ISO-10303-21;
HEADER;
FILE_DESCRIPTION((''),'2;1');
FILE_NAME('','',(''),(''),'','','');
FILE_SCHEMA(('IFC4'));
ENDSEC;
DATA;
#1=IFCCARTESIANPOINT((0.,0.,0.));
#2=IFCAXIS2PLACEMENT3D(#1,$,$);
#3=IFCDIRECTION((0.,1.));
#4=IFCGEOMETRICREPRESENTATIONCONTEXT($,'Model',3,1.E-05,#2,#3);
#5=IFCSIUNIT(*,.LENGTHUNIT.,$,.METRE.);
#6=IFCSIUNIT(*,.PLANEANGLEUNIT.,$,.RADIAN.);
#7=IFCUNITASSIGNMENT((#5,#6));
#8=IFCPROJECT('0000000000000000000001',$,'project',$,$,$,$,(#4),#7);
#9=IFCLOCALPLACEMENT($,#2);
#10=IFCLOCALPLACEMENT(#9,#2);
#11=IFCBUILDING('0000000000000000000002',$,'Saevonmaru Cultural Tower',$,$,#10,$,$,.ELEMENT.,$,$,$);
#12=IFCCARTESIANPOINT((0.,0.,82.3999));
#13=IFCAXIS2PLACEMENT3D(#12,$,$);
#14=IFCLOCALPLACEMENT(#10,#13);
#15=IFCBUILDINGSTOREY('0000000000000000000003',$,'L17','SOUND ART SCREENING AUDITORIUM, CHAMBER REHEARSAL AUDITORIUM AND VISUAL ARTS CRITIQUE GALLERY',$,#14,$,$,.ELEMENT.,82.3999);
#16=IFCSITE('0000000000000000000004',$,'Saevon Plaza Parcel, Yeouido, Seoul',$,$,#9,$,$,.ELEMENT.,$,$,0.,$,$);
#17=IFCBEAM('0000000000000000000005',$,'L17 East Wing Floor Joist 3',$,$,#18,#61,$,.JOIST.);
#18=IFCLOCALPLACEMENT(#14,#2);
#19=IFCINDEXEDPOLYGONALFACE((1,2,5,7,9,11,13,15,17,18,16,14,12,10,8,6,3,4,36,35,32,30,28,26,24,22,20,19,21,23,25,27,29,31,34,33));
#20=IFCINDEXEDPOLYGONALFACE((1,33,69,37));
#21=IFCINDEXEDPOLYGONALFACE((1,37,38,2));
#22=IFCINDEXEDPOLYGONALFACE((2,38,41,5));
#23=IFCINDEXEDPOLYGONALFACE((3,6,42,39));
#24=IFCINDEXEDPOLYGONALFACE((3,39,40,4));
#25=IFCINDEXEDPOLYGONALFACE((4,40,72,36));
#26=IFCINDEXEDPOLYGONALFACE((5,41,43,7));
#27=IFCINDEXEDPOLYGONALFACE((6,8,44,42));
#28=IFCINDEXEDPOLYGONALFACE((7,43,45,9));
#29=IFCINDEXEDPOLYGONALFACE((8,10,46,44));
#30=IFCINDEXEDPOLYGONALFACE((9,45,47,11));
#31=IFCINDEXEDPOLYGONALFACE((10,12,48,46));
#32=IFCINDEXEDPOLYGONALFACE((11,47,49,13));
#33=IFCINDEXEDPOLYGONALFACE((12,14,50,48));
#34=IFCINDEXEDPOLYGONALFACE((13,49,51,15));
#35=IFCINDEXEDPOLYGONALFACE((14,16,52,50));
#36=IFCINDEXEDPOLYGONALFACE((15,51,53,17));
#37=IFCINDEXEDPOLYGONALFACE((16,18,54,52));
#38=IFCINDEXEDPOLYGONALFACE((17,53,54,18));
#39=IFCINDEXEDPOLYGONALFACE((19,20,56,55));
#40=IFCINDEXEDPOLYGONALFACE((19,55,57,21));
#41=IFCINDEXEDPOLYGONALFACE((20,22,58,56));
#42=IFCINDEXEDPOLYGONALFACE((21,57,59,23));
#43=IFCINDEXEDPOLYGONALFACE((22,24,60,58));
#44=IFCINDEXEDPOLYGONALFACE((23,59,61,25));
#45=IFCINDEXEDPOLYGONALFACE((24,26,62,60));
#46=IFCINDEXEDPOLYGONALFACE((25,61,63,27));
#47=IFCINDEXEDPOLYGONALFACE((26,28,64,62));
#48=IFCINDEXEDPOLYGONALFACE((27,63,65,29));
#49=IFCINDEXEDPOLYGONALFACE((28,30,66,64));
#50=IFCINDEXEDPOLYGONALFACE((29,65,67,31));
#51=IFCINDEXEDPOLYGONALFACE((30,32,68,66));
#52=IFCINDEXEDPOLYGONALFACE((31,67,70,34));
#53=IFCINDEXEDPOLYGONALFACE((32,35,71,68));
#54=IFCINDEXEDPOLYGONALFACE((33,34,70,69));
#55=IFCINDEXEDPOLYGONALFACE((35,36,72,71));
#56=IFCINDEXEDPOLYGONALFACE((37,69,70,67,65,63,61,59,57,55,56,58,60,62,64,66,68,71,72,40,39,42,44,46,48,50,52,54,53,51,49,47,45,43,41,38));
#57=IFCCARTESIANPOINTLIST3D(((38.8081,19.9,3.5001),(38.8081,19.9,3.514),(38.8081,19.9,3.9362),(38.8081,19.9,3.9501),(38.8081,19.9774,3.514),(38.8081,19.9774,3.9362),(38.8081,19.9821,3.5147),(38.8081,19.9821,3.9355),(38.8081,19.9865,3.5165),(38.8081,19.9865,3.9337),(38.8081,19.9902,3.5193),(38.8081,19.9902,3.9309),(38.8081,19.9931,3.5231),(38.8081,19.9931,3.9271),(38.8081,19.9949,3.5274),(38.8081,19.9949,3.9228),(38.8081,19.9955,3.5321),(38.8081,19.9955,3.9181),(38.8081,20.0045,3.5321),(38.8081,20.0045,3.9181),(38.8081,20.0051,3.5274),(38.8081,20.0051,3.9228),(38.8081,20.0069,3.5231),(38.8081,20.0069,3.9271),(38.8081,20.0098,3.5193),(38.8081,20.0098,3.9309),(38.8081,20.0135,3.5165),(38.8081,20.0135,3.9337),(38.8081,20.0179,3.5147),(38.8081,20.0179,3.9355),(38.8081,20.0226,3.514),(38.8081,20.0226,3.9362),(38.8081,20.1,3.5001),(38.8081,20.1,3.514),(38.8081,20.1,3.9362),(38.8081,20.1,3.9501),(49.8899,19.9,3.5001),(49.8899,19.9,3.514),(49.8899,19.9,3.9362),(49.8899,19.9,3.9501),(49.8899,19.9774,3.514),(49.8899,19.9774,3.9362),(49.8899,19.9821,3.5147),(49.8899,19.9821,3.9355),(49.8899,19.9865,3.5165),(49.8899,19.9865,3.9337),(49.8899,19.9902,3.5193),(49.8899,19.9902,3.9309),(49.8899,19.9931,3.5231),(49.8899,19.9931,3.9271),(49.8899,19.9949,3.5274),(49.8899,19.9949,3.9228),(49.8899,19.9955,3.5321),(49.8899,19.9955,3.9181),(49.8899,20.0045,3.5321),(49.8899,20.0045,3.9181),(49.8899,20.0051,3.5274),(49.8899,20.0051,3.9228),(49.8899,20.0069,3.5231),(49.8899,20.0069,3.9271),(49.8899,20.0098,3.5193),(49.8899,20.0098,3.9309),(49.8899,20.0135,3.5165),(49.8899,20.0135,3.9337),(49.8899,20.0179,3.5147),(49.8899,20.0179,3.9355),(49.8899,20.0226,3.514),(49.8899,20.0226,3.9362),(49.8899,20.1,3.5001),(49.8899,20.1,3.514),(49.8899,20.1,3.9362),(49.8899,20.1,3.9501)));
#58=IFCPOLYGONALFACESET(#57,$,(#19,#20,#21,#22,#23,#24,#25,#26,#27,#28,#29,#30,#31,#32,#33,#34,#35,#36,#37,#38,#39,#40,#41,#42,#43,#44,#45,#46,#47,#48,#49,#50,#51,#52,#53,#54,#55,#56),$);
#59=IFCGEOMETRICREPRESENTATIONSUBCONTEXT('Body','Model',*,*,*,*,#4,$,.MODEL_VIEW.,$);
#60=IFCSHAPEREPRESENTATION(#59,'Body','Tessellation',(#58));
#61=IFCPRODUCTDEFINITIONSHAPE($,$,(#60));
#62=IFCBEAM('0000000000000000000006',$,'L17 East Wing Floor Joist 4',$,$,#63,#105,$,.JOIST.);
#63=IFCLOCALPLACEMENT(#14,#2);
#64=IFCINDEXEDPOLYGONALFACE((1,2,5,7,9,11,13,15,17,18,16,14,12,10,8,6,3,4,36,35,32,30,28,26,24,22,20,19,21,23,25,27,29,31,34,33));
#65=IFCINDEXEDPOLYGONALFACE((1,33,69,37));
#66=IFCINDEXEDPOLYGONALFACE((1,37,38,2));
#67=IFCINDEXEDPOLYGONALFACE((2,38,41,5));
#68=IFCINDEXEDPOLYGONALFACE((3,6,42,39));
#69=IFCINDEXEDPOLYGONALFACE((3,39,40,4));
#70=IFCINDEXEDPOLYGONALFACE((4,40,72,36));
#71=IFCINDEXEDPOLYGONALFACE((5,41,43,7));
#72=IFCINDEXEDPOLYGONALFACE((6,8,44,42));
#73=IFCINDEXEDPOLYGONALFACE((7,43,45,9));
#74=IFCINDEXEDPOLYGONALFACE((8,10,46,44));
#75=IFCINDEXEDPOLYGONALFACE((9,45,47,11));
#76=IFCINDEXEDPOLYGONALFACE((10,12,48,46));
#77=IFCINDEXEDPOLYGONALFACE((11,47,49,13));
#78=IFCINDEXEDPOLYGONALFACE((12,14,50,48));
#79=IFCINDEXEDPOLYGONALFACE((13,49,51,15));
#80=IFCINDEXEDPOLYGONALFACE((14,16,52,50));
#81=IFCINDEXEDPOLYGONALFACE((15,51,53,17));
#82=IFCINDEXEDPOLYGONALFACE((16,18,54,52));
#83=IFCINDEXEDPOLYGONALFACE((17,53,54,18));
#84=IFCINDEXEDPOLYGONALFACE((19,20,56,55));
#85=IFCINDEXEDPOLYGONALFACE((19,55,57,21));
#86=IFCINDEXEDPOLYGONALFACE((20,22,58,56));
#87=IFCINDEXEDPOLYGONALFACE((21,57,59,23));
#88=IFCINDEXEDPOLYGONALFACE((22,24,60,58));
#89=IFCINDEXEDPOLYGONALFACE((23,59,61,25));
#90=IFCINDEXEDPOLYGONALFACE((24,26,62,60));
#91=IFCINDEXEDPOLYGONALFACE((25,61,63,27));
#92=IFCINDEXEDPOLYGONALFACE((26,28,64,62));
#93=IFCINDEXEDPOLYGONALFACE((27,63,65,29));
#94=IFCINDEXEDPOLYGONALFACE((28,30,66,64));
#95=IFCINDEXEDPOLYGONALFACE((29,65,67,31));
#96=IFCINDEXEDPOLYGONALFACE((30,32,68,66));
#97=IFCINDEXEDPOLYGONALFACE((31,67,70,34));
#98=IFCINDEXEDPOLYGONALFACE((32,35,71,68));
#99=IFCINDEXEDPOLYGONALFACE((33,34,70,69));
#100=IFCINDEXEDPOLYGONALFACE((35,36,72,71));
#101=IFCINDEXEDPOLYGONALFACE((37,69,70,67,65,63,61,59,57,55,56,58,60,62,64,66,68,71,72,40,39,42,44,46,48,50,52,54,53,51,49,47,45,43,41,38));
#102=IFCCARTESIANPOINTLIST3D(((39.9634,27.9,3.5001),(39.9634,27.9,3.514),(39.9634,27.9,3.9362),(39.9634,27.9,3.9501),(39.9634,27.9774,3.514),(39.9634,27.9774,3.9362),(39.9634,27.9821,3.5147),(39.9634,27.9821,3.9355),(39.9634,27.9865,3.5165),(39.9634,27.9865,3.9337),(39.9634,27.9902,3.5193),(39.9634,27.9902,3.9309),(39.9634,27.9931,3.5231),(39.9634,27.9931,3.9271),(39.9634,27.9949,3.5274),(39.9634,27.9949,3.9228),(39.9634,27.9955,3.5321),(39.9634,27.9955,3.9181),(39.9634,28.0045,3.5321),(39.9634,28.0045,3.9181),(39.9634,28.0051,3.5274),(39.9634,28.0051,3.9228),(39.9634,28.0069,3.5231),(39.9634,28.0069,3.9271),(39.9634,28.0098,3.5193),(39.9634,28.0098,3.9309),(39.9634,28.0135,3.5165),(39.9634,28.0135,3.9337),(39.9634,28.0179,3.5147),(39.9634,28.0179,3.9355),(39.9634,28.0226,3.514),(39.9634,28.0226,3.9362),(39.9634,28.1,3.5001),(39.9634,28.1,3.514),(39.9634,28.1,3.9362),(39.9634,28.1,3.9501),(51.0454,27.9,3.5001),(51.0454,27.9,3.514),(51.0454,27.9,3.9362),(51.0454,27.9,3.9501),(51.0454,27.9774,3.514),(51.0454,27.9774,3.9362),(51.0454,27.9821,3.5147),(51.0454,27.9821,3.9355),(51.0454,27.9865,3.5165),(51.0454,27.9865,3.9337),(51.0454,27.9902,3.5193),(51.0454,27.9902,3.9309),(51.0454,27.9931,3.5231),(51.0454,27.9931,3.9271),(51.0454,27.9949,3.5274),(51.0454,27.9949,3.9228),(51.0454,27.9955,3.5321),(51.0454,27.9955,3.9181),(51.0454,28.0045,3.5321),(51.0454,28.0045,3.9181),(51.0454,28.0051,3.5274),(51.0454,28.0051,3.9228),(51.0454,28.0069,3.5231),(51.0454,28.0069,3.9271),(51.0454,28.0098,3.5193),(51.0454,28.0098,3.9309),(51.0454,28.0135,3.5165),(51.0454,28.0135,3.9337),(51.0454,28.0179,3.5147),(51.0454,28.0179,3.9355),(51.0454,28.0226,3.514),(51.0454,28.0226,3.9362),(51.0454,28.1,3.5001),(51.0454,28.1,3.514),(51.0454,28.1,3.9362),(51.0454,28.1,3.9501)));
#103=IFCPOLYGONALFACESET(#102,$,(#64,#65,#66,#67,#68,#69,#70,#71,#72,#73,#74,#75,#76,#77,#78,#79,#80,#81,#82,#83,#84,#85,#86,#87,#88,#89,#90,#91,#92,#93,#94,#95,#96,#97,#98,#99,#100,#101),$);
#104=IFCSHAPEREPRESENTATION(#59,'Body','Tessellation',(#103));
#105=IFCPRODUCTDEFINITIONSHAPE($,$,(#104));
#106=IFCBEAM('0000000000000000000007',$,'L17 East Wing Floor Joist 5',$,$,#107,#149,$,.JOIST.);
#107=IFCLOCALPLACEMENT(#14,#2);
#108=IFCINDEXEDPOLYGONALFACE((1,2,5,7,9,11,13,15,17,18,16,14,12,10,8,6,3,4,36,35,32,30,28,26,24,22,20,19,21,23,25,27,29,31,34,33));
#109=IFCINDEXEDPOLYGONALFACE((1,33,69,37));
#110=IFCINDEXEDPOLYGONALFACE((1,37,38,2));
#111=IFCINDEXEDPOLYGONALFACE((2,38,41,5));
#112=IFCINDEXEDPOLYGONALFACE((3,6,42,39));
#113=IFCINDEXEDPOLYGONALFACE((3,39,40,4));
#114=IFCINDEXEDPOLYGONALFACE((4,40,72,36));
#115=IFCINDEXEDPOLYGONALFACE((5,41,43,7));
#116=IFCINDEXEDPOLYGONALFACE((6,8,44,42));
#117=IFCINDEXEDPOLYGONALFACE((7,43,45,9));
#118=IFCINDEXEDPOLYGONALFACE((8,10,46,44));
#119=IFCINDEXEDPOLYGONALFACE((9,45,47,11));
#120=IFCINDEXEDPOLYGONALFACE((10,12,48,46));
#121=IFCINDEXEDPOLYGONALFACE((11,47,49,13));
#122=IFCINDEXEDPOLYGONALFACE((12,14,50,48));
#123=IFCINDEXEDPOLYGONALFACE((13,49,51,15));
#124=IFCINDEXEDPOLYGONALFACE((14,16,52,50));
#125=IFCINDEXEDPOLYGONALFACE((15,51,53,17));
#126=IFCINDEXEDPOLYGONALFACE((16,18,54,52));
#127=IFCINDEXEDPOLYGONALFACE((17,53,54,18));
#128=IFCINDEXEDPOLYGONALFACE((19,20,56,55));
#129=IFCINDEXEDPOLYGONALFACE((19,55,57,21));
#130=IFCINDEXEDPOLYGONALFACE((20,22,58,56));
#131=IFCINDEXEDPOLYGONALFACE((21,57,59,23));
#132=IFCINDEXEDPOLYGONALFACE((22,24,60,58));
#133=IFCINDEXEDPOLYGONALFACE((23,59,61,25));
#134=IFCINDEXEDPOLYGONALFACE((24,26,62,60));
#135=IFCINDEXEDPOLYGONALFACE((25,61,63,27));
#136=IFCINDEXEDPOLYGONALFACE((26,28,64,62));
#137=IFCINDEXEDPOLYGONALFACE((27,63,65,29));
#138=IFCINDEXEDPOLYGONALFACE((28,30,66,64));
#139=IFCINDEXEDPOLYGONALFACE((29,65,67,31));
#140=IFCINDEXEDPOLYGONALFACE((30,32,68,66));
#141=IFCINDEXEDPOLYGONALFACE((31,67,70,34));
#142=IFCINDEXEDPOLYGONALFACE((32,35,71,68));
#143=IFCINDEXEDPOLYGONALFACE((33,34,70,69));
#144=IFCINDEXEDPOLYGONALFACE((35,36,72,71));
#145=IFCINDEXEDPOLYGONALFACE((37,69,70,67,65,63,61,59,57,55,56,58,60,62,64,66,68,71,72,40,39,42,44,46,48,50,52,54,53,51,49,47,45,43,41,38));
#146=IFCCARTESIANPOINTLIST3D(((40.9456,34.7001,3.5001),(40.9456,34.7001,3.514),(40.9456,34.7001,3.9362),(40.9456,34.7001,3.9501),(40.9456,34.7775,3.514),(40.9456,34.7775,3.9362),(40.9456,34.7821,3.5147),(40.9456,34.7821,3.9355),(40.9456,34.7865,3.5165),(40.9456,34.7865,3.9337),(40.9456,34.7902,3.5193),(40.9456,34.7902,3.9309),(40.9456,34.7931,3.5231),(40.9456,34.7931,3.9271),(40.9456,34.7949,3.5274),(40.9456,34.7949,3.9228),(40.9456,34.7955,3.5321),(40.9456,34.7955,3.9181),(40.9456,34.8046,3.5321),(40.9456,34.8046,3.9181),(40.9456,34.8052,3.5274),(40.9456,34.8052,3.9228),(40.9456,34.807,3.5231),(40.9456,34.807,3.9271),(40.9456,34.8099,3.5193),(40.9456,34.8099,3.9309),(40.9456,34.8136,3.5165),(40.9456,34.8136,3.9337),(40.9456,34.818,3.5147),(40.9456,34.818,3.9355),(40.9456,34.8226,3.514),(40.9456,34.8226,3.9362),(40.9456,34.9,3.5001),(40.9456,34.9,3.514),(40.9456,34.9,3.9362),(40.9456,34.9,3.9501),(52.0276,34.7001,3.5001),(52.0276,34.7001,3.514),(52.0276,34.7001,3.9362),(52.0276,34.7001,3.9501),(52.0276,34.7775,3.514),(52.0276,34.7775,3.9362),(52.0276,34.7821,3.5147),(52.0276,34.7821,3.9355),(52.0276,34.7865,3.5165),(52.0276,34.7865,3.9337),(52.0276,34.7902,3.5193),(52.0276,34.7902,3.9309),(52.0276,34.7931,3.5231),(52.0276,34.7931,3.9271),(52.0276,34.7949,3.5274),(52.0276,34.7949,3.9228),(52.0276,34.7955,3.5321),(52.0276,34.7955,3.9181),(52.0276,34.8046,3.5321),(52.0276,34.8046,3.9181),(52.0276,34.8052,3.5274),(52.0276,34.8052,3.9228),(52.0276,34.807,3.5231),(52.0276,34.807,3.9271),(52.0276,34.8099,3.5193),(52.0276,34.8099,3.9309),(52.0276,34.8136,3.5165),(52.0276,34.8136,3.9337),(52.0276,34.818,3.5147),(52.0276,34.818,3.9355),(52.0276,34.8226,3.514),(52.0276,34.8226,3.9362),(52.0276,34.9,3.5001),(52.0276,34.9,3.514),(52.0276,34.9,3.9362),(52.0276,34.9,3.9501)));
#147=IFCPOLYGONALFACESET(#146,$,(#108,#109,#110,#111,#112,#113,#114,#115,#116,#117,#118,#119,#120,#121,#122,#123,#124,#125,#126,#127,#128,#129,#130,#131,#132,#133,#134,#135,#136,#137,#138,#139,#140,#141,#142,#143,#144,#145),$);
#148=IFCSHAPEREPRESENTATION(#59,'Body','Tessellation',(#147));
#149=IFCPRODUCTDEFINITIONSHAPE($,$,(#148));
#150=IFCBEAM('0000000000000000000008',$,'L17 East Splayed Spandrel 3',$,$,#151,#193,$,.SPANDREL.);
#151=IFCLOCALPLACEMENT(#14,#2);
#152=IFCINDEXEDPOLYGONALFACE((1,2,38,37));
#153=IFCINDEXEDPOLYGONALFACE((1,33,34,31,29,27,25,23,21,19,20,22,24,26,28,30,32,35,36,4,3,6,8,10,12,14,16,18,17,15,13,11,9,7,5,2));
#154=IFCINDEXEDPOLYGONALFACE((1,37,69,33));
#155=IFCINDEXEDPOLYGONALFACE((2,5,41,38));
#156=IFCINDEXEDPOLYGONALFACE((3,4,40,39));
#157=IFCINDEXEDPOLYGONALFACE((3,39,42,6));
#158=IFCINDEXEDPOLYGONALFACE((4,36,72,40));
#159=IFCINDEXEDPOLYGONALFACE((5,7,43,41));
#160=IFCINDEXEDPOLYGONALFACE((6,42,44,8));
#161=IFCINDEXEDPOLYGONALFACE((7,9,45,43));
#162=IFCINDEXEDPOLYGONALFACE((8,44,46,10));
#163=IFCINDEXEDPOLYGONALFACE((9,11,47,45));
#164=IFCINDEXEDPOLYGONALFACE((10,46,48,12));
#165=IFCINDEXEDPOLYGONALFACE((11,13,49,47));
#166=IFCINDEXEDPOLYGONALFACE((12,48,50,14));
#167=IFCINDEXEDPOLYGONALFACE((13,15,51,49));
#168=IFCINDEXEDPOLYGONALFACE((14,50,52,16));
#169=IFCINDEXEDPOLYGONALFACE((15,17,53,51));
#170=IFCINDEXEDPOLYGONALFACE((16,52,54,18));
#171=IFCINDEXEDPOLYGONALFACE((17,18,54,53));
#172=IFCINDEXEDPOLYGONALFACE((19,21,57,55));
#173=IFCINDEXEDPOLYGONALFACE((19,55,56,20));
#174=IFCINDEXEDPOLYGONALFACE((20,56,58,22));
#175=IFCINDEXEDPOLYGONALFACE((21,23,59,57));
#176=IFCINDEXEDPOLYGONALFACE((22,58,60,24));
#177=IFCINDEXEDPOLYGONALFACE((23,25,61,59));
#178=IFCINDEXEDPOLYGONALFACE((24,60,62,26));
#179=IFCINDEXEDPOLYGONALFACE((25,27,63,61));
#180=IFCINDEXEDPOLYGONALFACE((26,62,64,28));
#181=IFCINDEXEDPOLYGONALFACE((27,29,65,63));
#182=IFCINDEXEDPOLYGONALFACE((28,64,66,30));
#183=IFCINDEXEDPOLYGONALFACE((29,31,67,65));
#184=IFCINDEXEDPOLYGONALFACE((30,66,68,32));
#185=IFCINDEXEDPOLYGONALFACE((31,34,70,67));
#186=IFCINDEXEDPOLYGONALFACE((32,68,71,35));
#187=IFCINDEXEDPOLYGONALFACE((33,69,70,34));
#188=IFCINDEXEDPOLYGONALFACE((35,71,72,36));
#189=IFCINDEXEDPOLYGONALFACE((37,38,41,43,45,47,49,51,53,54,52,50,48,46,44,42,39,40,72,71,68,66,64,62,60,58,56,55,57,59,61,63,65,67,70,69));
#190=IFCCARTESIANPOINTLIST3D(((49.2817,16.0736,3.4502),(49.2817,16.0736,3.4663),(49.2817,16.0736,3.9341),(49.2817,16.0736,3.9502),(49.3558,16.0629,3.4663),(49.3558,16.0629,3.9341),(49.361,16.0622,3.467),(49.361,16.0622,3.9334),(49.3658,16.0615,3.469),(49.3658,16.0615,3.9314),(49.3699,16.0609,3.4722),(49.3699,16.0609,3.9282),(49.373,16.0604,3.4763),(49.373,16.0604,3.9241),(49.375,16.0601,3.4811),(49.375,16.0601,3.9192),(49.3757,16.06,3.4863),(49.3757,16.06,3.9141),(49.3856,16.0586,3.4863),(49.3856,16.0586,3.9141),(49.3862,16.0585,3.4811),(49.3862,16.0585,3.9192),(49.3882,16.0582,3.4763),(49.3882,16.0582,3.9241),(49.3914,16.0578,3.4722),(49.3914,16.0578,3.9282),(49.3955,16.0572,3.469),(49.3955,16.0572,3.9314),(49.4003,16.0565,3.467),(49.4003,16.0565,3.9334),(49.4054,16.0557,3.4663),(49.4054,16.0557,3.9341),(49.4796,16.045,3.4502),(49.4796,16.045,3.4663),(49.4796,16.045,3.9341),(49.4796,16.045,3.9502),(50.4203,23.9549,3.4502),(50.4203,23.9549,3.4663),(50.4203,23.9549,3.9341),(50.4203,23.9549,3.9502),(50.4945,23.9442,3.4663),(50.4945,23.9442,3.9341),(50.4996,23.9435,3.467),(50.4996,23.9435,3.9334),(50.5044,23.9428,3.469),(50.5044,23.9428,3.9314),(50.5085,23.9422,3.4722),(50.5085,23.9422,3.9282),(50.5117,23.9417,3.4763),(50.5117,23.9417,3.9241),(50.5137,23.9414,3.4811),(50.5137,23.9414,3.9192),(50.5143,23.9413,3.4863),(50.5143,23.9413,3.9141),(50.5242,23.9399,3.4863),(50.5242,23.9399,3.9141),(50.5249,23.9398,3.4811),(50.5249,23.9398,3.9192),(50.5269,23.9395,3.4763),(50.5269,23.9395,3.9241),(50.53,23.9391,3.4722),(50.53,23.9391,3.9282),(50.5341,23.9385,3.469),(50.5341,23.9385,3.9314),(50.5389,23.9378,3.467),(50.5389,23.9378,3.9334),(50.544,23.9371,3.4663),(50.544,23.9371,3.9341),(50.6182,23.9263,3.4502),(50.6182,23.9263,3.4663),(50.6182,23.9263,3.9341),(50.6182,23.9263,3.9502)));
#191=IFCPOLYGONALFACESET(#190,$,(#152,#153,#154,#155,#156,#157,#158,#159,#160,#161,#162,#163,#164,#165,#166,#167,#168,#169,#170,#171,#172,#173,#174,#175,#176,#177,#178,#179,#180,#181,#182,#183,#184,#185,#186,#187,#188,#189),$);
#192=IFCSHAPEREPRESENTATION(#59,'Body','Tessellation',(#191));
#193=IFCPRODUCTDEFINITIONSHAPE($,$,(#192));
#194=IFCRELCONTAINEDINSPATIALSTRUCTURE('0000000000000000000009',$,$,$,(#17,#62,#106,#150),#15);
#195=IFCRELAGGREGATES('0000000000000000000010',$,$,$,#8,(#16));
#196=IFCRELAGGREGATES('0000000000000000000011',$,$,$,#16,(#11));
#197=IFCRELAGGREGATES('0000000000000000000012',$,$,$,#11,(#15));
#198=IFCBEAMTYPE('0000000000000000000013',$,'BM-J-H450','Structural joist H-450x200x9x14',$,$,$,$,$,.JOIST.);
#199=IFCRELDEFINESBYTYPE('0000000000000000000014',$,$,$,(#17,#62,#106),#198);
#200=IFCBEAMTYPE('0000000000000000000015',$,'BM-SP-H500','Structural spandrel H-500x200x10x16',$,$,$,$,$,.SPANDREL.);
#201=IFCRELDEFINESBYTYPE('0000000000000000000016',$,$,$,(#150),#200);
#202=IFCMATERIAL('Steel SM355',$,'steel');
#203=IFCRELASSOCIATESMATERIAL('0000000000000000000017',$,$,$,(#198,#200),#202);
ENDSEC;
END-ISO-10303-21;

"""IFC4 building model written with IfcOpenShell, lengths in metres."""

from ifc_helpers import new_model, si_unit, direction, frame, origin, origin_2d, place, context, subcontext, project, spatial, i_section, extrude, material, material_profile, profile_set, type_object, element, save


model = new_model("IFC4")

# Units and contexts
model_context = context("Model", 3, precision=1e-05, world=origin(), true_north=direction((0.0, 1.0)))
body_context = subcontext(model_context, "Body", "Model", "MODEL_VIEW")
ifc_project = project(units=[si_unit("LENGTHUNIT", "METRE"), si_unit("PLANEANGLEUNIT", "RADIAN")], contexts=[model_context])

# Site, building, storey
site_placement = place(None, origin())
site = spatial("IfcSite", under=ifc_project, at=site_placement, Name="Saevon Plaza Parcel, Yeouido, Seoul", CompositionType="ELEMENT", RefElevation=0.0)
building_placement = place(site_placement, origin())
building = spatial("IfcBuilding", under=site, at=building_placement, Name="Saevonmaru Cultural Tower", CompositionType="ELEMENT")
storey_placement = place(building_placement, frame((0.0, 0.0, 82.3999)))
storey = spatial("IfcBuildingStorey", under=building, at=storey_placement, Name="L17", Description="SOUND ART SCREENING AUDITORIUM, CHAMBER REHEARSAL AUDITORIUM AND VISUAL ARTS CRITIQUE GALLERY", CompositionType="ELEMENT", Elevation=82.3999)

# Beams
ifc_material_1 = material(Name="Steel SM355", Category="steel")
ifc_material_profile_1 = material_profile(ifc_material_1, i_section(OverallWidth=0.2, OverallDepth=0.45, WebThickness=0.009, FlangeThickness=0.0139, FilletRadius=0.0181, at=origin_2d()), Name="H-450x200x9x14")
ifc_profile_set_1 = profile_set([ifc_material_profile_1], Name="Steel SM355")
beam_type_1 = type_object("IfcBeamType", Name="BM-J-H450", Description="Structural joist H-450x200x9x14", PredefinedType="JOIST", material=ifc_profile_set_1)
beam_1_placement = place(storey_placement, frame((38.8081, 20.0, 3.7251), z_axis=(1.0, 0.0, 0.0), x_axis=(0.0, 1.0, 0.0)))
element("IfcBeam", 1, at=beam_1_placement, inside=storey, type_object=beam_type_1, Name="L17 East Wing Floor Joist 3", PredefinedType="JOIST", context=body_context, shape_type="SweptSolid", body=[
    extrude(i_section(OverallWidth=0.2, OverallDepth=0.45, WebThickness=0.009, FlangeThickness=0.0139, FilletRadius=0.0181, at=origin_2d()), origin(), (0.0, 0.0, 1.0), 11.0818),
])
for number, where, z_axis, x_axis, name in (
    (2, (39.9634, 28.0, 3.7251), (1.0, 0.0, 0.0), (0.0, 1.0, 0.0), "L17 East Wing Floor Joist 4"),
    (3, (40.9456, 34.8, 3.7251), (1.0, 0.0, 0.0), (0.0, 1.0, 0.0), "L17 East Wing Floor Joist 5"),
):
    element("IfcBeam", number, at=place(storey_placement, frame(where, z_axis=z_axis, x_axis=x_axis)), inside=storey, type_object=beam_type_1, Name=name, PredefinedType="JOIST", context=body_context, shape_type="SweptSolid", body=[
        extrude(i_section(OverallWidth=0.2, OverallDepth=0.45, WebThickness=0.009, FlangeThickness=0.0139, FilletRadius=0.0181, at=origin_2d()), origin(), (0.0, 0.0, 1.0), 11.082),
    ])
ifc_material_profile_2 = material_profile(ifc_material_1, i_section(OverallWidth=0.2, OverallDepth=0.5, WebThickness=0.01, FlangeThickness=0.0161, FilletRadius=0.02, at=origin_2d()), Name="H-500x200x10x16")
ifc_profile_set_2 = profile_set([ifc_material_profile_2], Name="Steel SM355")
beam_type_2 = type_object("IfcBeamType", Name="BM-SP-H500", Description="Structural spandrel H-500x200x10x16", PredefinedType="SPANDREL", material=ifc_profile_set_2)
beam_2_placement = place(storey_placement, frame((49.3806, 16.0593, 3.7002), z_axis=(0.142992, 0.989724, 0.0), x_axis=(-0.989724, 0.142992, 0.0)))
element("IfcBeam", 4, at=beam_2_placement, inside=storey, type_object=beam_type_2, Name="L17 East Splayed Spandrel 3", PredefinedType="SPANDREL", context=body_context, shape_type="SweptSolid", body=[
    extrude(i_section(OverallWidth=0.2, OverallDepth=0.5, WebThickness=0.01, FlangeThickness=0.0161, FilletRadius=0.02, at=origin_2d()), origin(), (0.0, 0.0, 1.0), 7.9631),
])

save(model, "model.ifc")
